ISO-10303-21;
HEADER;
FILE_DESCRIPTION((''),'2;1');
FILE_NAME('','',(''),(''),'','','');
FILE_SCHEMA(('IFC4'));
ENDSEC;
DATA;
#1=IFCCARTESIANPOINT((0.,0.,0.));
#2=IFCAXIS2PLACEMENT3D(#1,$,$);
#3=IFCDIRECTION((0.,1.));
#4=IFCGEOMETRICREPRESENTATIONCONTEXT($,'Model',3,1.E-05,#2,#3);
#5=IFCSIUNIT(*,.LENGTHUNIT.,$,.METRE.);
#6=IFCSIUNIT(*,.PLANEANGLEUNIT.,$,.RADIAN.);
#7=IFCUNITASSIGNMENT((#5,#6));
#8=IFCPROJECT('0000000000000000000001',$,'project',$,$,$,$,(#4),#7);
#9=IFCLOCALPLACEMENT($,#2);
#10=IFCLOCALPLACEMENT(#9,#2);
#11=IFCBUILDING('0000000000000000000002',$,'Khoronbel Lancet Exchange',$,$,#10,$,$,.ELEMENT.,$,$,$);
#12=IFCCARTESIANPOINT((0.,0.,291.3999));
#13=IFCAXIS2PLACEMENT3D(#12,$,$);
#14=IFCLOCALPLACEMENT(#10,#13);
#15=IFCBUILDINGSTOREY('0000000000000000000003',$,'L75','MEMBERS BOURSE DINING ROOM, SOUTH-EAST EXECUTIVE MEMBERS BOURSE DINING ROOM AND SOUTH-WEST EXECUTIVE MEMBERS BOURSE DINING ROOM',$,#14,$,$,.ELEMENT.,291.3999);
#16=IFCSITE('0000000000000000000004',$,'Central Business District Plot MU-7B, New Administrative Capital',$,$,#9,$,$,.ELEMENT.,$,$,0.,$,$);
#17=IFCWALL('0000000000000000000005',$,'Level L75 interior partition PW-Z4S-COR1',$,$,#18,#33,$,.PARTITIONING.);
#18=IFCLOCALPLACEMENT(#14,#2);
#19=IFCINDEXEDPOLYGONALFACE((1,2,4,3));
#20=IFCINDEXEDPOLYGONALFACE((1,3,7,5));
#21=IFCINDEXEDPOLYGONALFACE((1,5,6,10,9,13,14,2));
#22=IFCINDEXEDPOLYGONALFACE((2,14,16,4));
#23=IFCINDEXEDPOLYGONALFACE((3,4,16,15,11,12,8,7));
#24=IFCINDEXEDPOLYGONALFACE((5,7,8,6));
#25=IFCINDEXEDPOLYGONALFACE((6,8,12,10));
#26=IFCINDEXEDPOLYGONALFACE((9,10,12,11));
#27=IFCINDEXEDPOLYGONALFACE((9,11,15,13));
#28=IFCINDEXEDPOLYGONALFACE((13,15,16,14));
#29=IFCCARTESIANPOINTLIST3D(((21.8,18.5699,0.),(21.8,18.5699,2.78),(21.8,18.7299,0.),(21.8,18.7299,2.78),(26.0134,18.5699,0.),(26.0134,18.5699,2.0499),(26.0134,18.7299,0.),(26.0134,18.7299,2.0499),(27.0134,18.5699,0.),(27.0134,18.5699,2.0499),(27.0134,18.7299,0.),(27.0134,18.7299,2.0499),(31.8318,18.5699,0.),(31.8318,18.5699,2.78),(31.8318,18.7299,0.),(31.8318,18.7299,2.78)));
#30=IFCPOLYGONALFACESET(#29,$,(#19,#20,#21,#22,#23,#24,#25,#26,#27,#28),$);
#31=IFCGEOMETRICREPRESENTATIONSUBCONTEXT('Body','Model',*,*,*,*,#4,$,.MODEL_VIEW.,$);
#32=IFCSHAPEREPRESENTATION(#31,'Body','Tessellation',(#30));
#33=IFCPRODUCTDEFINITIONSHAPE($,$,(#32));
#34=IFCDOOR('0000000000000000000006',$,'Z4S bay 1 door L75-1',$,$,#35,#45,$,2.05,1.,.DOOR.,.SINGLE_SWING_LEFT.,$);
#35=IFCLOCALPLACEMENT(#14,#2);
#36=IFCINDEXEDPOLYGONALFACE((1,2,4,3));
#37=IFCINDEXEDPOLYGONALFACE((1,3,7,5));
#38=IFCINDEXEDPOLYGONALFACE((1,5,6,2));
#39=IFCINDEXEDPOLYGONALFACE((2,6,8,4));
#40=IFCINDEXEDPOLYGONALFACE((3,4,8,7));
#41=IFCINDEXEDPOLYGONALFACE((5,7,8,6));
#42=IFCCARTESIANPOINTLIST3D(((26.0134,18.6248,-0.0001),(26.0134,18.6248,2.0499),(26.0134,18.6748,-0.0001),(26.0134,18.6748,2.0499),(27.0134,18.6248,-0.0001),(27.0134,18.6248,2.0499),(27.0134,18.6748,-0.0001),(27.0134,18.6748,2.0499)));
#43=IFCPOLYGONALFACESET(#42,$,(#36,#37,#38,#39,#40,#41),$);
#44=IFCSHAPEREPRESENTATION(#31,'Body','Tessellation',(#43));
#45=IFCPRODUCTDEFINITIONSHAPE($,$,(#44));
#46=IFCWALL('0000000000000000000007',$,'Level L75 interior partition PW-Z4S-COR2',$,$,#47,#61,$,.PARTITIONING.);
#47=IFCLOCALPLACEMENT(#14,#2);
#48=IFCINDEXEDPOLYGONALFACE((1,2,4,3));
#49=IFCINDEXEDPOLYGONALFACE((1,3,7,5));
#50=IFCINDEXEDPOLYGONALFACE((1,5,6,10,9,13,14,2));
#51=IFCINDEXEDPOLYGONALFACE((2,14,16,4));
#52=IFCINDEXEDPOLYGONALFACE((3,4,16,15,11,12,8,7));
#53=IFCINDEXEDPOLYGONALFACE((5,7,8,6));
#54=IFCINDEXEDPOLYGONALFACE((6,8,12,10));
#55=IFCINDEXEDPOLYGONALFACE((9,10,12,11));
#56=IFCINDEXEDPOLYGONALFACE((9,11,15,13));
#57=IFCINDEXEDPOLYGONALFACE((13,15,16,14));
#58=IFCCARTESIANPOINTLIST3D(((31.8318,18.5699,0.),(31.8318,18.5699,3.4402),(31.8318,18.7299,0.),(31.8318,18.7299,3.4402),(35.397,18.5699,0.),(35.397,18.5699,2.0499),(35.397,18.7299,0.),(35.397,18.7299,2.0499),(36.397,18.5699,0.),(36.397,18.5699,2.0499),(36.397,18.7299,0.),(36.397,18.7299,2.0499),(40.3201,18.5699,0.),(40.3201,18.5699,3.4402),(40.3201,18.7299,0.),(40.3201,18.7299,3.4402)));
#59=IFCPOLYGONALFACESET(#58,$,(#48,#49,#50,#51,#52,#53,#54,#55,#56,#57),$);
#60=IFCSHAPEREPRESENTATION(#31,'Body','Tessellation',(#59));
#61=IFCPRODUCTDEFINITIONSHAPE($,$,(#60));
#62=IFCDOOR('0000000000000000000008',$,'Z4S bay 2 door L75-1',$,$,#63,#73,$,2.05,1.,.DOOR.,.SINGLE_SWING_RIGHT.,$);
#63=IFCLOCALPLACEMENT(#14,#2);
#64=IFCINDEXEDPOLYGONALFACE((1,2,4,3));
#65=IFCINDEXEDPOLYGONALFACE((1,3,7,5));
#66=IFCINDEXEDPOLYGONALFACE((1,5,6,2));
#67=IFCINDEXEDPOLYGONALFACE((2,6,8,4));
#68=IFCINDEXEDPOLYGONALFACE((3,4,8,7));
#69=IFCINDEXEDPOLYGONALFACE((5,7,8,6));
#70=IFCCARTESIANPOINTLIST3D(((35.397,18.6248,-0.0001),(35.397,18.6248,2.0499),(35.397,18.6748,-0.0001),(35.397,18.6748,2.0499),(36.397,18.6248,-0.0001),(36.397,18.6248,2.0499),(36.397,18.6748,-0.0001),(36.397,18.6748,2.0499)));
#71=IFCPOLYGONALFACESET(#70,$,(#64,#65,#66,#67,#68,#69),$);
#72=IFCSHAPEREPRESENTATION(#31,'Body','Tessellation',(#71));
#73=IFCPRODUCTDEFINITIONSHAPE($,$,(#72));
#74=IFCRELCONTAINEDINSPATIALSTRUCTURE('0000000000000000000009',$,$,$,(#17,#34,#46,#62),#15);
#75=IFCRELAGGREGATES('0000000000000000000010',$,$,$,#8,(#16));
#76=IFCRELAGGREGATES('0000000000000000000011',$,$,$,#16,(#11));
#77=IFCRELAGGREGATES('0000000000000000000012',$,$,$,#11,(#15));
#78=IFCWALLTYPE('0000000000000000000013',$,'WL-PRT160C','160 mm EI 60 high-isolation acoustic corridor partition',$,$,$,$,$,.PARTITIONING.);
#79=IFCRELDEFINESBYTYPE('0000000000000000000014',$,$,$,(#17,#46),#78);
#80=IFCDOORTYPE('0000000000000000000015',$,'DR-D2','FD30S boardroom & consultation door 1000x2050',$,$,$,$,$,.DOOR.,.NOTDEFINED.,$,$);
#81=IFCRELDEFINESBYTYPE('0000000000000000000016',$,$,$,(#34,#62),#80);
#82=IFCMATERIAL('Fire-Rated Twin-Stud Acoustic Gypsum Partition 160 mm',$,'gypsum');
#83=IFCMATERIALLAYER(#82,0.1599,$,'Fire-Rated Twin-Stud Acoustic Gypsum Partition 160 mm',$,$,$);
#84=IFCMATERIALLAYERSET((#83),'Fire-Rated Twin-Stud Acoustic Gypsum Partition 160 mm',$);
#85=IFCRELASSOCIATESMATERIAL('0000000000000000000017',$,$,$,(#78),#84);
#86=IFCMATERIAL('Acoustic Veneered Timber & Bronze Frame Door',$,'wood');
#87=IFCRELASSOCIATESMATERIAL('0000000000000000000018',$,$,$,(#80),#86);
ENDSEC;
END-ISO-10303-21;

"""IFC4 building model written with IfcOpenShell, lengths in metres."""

from ifc_helpers import new_model, si_unit, direction, frame, frame_2d, origin, place, context, subcontext, project, spatial, rectangle, extrude, material, layer, layer_set, type_object, element, fill, save


model = new_model("IFC4")

# Units and contexts
model_context = context("Model", 3, precision=1e-05, world=origin(), true_north=direction((0.0, 1.0)))
body_context = subcontext(model_context, "Body", "Model", "MODEL_VIEW")
ifc_project = project(units=[si_unit("LENGTHUNIT", "METRE"), si_unit("PLANEANGLEUNIT", "RADIAN")], contexts=[model_context])

# Site, building, storey
site_placement = place(None, origin())
site = spatial("IfcSite", under=ifc_project, at=site_placement, Name="Central Business District Plot MU-7B, New Administrative Capital", CompositionType="ELEMENT", RefElevation=0.0)
building_placement = place(site_placement, origin())
building = spatial("IfcBuilding", under=site, at=building_placement, Name="Khoronbel Lancet Exchange", CompositionType="ELEMENT")
storey_placement = place(building_placement, frame((0.0, 0.0, 291.3999)))
storey = spatial("IfcBuildingStorey", under=building, at=storey_placement, Name="L75", Description="MEMBERS BOURSE DINING ROOM, SOUTH-EAST EXECUTIVE MEMBERS BOURSE DINING ROOM AND SOUTH-WEST EXECUTIVE MEMBERS BOURSE DINING ROOM", CompositionType="ELEMENT", Elevation=291.3999)

# Walls, openings, doors
ifc_material_1 = material(Name="Fire-Rated Twin-Stud Acoustic Gypsum Partition 160 mm", Category="gypsum")
ifc_layer_1 = layer(ifc_material_1, 0.1599, Name="Fire-Rated Twin-Stud Acoustic Gypsum Partition 160 mm")
ifc_layer_set_1 = layer_set([ifc_layer_1], Name="Fire-Rated Twin-Stud Acoustic Gypsum Partition 160 mm")
wall_type_1 = type_object("IfcWallType", Name="WL-PRT160C", Description="160 mm EI 60 high-isolation acoustic corridor partition", PredefinedType="PARTITIONING", material=ifc_layer_set_1)
ifc_material_2 = material(Name="Acoustic Veneered Timber & Bronze Frame Door", Category="wood")
door_type_1 = type_object("IfcDoorType", Name="DR-D2", Description="FD30S boardroom & consultation door 1000x2050", OperationType="NOTDEFINED", PredefinedType="DOOR", material=ifc_material_2)
wall_1_placement = place(storey_placement, frame((21.8, 18.6499, 0.0), z_axis=(0.0, 0.0, 1.0), x_axis=(1.0, 0.0, 0.0)))
wall_1 = element("IfcWall", 1, at=wall_1_placement, inside=storey, type_object=wall_type_1, Name="Level L75 interior partition PW-Z4S-COR1", PredefinedType="PARTITIONING", context=body_context, shape_type="SweptSolid", body=[
    extrude(rectangle(XDim=10.0317, YDim=0.1599, at=frame_2d((5.0159, 0.0))), origin(), (0.0, 0.0, 1.0), 2.78),
])
opening_1_placement = place(wall_1_placement, frame((4.2134, 0.0, 0.0)))
opening_1 = element("IfcOpeningElement", 2, at=opening_1_placement, cuts=wall_1, PredefinedType="OPENING", context=body_context, shape_type="SweptSolid", body=[
    extrude(rectangle(XDim=1.0, YDim=2.05, at=frame_2d((0.5, 1.0249))), frame((0.0, 0.0898, 0.0), z_axis=(0.0, -1.0, 0.0), x_axis=(1.0, 0.0, 0.0)), (0.0, 0.0, 1.0), 0.1799),
])
door_1_placement = place(opening_1_placement, origin())
door_1 = element("IfcDoor", 3, at=door_1_placement, inside=storey, type_object=door_type_1, Name="Z4S bay 1 door L75-1", OperationType="SINGLE_SWING_LEFT", OverallHeight=2.05, OverallWidth=1.0, PredefinedType="DOOR", context=body_context, shape_type="SweptSolid", body=[
    extrude(rectangle(XDim=1.0, YDim=2.05, at=frame_2d((0.5, 1.0249))), frame((0.0, 0.0249, 0.0), z_axis=(0.0, -1.0, 0.0), x_axis=(1.0, 0.0, 0.0)), (0.0, 0.0, 1.0), 0.05),
])
fill(opening_1, door_1)
wall_2_placement = place(storey_placement, frame((31.8318, 18.6499, 0.0), z_axis=(0.0, 0.0, 1.0), x_axis=(1.0, 0.0, 0.0)))
wall_2 = element("IfcWall", 4, at=wall_2_placement, inside=storey, type_object=wall_type_1, Name="Level L75 interior partition PW-Z4S-COR2", PredefinedType="PARTITIONING", context=body_context, shape_type="SweptSolid", body=[
    extrude(rectangle(XDim=8.4883, YDim=0.1599, at=frame_2d((4.2441, 0.0))), origin(), (0.0, 0.0, 1.0), 3.4402),
])
opening_2_placement = place(wall_2_placement, frame((3.5652, 0.0, 0.0)))
opening_2 = element("IfcOpeningElement", 5, at=opening_2_placement, cuts=wall_2, PredefinedType="OPENING", context=body_context, shape_type="SweptSolid", body=[
    extrude(rectangle(XDim=1.0, YDim=2.05, at=frame_2d((0.5, 1.0249))), frame((0.0, 0.0898, 0.0), z_axis=(0.0, -1.0, 0.0), x_axis=(1.0, 0.0, 0.0)), (0.0, 0.0, 1.0), 0.1799),
])
door_2_placement = place(opening_2_placement, origin())
door_2 = element("IfcDoor", 6, at=door_2_placement, inside=storey, type_object=door_type_1, Name="Z4S bay 2 door L75-1", OperationType="SINGLE_SWING_RIGHT", OverallHeight=2.05, OverallWidth=1.0, PredefinedType="DOOR", context=body_context, shape_type="SweptSolid", body=[
    extrude(rectangle(XDim=1.0, YDim=2.05, at=frame_2d((0.5, 1.0249))), frame((0.0, 0.0249, 0.0), z_axis=(0.0, -1.0, 0.0), x_axis=(1.0, 0.0, 0.0)), (0.0, 0.0, 1.0), 0.05),
])
fill(opening_2, door_2)

save(model, "model.ifc")
